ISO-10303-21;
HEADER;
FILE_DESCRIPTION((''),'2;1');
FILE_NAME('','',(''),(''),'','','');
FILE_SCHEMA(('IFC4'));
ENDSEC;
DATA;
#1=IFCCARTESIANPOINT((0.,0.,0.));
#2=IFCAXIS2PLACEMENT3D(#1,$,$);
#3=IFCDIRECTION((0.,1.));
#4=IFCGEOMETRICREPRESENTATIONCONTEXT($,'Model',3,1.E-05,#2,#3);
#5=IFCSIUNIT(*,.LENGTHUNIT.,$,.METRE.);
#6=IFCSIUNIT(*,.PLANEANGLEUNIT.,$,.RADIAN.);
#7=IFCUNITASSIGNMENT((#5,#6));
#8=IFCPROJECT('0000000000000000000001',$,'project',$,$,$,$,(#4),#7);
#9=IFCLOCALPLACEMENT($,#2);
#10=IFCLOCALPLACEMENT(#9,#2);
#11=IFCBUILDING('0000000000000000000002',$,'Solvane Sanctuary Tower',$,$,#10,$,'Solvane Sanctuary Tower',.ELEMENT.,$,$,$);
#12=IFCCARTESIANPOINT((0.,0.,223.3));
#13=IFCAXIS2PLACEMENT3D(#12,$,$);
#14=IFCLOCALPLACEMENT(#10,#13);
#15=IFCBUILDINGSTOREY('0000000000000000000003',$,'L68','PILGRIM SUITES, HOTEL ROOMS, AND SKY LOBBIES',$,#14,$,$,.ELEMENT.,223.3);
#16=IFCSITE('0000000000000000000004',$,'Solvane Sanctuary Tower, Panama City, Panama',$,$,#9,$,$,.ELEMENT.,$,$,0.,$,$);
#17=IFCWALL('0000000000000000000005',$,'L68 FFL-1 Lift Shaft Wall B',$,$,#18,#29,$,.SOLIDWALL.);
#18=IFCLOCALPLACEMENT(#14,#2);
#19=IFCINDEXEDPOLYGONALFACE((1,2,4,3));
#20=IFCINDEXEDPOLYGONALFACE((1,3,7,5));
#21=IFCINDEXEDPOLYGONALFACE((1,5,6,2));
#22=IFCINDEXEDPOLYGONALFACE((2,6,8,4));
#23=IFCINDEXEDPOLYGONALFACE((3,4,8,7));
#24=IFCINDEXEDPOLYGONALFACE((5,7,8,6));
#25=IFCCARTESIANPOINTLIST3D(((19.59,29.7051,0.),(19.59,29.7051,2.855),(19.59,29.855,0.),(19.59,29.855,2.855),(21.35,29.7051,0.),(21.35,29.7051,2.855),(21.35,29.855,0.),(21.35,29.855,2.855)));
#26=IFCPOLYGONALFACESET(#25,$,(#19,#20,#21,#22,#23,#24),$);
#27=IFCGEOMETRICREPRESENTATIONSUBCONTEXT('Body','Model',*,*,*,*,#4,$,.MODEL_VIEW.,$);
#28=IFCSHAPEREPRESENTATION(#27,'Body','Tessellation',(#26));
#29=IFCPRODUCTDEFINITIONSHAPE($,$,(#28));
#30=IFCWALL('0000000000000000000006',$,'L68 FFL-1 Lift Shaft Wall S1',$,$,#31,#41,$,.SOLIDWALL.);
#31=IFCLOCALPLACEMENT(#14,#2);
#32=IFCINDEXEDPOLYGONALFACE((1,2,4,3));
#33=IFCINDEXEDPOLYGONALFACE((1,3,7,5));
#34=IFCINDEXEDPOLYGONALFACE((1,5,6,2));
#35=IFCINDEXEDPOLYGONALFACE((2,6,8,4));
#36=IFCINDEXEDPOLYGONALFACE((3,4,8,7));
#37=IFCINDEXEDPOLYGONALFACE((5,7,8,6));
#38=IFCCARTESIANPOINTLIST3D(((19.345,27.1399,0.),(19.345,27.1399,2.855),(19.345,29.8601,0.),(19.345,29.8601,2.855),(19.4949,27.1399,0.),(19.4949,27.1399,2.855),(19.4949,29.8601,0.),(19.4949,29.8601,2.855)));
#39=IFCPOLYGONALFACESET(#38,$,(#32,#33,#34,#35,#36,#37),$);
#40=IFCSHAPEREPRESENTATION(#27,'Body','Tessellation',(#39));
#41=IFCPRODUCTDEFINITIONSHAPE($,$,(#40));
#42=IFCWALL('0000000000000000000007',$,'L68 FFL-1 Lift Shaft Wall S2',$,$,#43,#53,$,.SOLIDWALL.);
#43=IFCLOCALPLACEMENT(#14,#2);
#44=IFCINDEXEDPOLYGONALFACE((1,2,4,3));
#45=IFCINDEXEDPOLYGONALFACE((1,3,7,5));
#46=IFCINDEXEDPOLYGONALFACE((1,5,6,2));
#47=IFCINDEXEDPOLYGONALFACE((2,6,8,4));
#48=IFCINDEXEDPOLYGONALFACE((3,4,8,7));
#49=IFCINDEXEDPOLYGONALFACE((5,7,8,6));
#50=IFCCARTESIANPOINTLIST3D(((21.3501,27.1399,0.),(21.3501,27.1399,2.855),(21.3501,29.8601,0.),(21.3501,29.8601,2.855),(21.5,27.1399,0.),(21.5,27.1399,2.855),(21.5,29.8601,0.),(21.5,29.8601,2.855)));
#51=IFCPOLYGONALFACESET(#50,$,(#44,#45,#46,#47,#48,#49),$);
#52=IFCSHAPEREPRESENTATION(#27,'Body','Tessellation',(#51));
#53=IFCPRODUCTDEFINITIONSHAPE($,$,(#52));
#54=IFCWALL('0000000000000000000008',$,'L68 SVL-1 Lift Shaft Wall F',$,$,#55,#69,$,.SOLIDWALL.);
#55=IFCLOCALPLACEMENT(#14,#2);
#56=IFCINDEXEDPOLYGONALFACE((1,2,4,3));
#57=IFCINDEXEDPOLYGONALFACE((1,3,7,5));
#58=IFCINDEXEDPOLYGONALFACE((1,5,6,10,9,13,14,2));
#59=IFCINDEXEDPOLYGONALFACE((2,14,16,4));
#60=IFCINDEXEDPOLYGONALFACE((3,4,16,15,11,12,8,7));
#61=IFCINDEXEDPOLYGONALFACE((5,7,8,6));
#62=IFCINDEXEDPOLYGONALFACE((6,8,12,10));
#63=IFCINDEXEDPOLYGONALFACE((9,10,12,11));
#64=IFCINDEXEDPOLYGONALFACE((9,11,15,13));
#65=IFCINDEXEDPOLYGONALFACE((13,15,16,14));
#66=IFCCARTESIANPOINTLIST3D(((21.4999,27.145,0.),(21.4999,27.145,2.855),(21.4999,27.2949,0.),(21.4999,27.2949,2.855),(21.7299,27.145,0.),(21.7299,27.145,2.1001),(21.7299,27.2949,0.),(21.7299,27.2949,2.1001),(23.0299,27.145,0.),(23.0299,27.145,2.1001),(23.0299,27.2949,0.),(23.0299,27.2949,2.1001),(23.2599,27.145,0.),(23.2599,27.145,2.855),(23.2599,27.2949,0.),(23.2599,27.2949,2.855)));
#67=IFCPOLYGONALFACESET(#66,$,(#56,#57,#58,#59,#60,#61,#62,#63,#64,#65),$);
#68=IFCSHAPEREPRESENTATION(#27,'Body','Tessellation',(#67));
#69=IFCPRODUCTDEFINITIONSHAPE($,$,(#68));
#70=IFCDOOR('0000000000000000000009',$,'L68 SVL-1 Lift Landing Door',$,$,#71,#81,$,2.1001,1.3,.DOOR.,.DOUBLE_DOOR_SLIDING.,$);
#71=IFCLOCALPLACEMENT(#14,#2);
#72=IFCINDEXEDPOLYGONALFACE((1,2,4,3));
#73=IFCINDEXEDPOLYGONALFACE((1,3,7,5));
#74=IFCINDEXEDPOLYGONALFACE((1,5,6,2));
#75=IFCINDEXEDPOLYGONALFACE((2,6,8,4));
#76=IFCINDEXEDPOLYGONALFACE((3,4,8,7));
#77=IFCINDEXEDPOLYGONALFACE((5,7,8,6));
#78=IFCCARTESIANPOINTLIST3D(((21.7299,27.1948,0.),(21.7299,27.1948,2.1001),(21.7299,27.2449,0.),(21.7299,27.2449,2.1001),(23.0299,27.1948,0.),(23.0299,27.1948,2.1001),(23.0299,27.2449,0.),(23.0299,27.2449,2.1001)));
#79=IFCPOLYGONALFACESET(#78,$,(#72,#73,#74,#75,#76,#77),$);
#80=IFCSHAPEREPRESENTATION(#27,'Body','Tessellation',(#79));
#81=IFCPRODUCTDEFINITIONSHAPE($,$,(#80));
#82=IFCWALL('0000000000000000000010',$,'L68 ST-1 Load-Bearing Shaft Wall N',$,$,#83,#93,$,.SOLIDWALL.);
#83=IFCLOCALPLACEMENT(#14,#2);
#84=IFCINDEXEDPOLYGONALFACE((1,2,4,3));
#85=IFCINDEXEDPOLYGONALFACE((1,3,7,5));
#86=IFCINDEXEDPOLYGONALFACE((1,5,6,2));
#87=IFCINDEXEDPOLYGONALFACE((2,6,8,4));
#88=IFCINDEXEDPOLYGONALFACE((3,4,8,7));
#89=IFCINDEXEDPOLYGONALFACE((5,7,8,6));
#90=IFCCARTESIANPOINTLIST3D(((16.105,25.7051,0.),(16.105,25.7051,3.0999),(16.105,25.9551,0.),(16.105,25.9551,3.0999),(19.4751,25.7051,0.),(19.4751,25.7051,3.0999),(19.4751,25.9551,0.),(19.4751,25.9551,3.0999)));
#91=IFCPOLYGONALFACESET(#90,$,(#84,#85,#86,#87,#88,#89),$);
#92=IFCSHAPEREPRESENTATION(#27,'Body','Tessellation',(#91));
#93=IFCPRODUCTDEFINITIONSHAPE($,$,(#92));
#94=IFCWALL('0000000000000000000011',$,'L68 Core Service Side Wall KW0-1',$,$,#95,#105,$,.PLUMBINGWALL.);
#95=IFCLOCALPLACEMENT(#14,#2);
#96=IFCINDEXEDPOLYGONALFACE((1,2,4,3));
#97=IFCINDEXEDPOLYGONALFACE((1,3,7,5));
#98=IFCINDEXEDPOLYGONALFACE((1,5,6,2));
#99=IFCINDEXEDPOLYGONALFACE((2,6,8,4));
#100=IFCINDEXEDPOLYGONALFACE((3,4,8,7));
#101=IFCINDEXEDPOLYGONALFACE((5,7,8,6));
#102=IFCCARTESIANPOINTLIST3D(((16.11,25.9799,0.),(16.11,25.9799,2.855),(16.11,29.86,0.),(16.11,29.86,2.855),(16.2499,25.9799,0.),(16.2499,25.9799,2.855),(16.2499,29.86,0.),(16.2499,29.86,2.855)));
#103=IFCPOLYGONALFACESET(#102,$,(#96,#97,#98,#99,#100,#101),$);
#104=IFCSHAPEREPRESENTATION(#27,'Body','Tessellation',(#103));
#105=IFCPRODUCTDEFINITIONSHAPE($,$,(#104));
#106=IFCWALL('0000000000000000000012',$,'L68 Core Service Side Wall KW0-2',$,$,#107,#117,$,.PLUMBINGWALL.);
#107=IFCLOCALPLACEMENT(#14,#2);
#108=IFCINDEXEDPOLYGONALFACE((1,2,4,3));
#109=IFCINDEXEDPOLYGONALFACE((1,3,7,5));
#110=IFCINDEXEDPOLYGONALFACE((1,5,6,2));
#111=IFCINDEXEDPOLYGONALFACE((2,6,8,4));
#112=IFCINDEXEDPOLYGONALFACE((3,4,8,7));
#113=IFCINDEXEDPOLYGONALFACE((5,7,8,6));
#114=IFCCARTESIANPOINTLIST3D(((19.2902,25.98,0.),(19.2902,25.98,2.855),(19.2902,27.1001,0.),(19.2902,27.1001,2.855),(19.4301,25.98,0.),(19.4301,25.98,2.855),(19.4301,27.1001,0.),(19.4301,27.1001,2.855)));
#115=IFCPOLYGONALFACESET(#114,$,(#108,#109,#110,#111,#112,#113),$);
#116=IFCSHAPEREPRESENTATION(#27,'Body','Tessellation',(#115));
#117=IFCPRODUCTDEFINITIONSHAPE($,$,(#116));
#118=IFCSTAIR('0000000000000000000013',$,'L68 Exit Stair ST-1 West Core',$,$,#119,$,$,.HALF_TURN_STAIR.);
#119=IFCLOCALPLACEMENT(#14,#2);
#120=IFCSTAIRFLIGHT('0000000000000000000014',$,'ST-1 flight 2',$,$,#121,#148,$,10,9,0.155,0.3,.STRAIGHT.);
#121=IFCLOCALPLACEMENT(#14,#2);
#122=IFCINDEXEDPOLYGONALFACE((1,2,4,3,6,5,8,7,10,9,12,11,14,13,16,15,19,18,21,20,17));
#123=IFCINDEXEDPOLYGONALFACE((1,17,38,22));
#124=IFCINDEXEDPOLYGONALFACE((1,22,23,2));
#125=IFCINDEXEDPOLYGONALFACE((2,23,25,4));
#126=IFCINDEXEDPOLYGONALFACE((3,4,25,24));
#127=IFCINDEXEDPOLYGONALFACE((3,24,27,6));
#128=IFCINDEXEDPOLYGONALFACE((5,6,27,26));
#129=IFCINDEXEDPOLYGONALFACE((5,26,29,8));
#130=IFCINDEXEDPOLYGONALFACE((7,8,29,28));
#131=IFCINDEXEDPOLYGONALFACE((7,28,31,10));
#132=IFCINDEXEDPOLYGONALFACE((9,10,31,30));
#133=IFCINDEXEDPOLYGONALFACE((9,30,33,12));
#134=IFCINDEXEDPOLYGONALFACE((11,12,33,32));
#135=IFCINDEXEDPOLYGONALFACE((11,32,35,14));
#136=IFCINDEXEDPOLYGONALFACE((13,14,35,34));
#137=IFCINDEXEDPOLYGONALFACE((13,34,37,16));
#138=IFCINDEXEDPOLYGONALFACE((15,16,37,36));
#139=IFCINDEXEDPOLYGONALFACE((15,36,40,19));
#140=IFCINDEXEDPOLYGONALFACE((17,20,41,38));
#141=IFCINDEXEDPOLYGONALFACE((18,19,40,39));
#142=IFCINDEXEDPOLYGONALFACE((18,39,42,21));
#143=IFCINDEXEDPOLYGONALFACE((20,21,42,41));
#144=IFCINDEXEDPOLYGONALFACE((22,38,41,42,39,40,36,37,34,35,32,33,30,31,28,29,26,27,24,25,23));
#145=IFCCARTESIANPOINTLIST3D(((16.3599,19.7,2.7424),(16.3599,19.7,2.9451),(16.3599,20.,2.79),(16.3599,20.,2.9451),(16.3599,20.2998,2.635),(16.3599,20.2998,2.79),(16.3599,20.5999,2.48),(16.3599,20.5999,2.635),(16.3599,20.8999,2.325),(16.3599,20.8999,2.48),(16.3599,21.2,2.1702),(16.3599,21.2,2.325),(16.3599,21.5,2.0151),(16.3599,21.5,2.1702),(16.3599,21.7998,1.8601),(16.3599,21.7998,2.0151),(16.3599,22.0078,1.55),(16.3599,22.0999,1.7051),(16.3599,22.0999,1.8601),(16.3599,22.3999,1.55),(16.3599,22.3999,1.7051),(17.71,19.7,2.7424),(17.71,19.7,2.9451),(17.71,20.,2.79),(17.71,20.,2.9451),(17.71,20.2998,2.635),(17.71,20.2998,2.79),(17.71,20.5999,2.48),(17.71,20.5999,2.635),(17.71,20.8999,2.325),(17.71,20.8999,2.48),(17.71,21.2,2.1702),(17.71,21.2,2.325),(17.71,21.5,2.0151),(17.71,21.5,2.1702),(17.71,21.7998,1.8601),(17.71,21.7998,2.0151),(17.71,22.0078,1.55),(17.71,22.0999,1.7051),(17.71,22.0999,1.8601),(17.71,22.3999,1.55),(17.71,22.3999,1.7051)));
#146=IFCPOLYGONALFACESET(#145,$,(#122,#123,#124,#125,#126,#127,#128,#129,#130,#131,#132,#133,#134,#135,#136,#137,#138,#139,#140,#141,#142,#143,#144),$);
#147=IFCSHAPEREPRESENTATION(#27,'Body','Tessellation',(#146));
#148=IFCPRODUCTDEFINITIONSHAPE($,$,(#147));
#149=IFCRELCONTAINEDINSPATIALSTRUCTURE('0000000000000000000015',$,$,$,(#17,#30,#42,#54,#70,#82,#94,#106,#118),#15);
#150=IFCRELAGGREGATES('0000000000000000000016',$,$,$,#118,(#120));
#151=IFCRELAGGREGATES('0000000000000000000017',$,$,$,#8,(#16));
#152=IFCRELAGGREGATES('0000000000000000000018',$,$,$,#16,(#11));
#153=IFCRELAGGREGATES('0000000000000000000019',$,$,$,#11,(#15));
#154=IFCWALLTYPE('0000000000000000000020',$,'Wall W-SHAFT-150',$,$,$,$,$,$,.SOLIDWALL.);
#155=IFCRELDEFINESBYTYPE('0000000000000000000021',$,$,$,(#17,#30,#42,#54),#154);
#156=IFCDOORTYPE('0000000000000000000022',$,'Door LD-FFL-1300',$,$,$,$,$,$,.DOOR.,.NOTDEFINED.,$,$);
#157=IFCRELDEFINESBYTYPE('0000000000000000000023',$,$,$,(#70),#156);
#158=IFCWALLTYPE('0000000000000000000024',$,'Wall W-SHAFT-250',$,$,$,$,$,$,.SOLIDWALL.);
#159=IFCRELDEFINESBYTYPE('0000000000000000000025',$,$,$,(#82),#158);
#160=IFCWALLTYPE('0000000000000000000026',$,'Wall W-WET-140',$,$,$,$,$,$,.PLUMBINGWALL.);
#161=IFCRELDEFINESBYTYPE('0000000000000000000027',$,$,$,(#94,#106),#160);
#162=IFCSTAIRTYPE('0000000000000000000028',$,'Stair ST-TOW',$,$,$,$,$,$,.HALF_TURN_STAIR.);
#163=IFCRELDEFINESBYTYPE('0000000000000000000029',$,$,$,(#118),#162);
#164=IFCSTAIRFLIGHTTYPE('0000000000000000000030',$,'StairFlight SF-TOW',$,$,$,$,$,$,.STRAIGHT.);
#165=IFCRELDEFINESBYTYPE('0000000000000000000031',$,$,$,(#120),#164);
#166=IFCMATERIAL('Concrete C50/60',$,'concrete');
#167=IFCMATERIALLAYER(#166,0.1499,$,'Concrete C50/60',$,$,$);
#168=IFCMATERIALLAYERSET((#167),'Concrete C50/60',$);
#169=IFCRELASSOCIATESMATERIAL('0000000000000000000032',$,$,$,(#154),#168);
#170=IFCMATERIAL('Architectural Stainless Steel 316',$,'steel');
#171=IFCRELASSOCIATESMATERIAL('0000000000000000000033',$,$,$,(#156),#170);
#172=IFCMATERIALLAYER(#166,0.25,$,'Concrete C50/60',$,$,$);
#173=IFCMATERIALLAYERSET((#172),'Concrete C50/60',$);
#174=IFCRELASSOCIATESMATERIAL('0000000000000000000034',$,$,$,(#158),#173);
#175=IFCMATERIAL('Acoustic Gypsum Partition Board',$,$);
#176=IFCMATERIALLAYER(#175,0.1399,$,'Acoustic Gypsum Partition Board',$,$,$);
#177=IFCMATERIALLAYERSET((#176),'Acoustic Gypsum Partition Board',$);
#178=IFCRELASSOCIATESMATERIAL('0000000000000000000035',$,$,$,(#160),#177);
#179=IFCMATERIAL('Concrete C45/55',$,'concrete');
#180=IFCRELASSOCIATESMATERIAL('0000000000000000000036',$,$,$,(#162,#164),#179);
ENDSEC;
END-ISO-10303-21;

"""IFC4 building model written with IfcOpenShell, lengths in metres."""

from ifc_helpers import new_model, si_unit, direction, frame, frame_2d, origin, place, context, subcontext, project, spatial, polyline, rectangle, outline, extrude, material, layer, layer_set, type_object, element, fill, aggregate, save


model = new_model("IFC4")

# Units and contexts
model_context = context("Model", 3, precision=1e-05, world=origin(), true_north=direction((0.0, 1.0)))
body_context = subcontext(model_context, "Body", "Model", "MODEL_VIEW")
ifc_project = project(units=[si_unit("LENGTHUNIT", "METRE"), si_unit("PLANEANGLEUNIT", "RADIAN")], contexts=[model_context])

# Site, building, storey
site_placement = place(None, origin())
site = spatial("IfcSite", under=ifc_project, at=site_placement, Name="Solvane Sanctuary Tower, Panama City, Panama", CompositionType="ELEMENT", RefElevation=0.0)
building_placement = place(site_placement, origin())
building = spatial("IfcBuilding", under=site, at=building_placement, Name="Solvane Sanctuary Tower", LongName="Solvane Sanctuary Tower", CompositionType="ELEMENT")
storey_placement = place(building_placement, frame((0.0, 0.0, 223.3)))
storey = spatial("IfcBuildingStorey", under=building, at=storey_placement, Name="L68", Description="PILGRIM SUITES, HOTEL ROOMS, AND SKY LOBBIES", CompositionType="ELEMENT", Elevation=223.3)

# Shared definitions
ifc_material_1 = material(Name="Acoustic Gypsum Partition Board")

# Shared definitions
ifc_material_2 = material(Name="Concrete C50/60", Category="concrete")
ifc_layer_1 = layer(ifc_material_2, 0.1499, Name="Concrete C50/60")
ifc_layer_set_1 = layer_set([ifc_layer_1], Name="Concrete C50/60")
wall_type_1 = type_object("IfcWallType", Name="Wall W-SHAFT-150", PredefinedType="SOLIDWALL", material=ifc_layer_set_1)
ifc_material_3 = material(Name="Architectural Stainless Steel 316", Category="steel")
door_type_1 = type_object("IfcDoorType", Name="Door LD-FFL-1300", OperationType="NOTDEFINED", PredefinedType="DOOR", material=ifc_material_3)

# Walls
wall_1_placement = place(storey_placement, frame((19.5901, 29.78, 0.0), z_axis=(0.0, 0.0, 1.0), x_axis=(1.0, 0.0, 0.0)))
element("IfcWall", 1, at=wall_1_placement, inside=storey, type_object=wall_type_1, Name="L68 FFL-1 Lift Shaft Wall B", PredefinedType="SOLIDWALL", context=body_context, shape_type="SweptSolid", body=[
    extrude(rectangle(XDim=1.76, YDim=0.1499, at=frame_2d((0.8799, 0.0))), origin(), (0.0, 0.0, 1.0), 2.855),
])
for number, where, z_axis, x_axis, name in (
    (2, (19.4199, 27.1399, 0.0), (0.0, 0.0, 1.0), (0.0, 1.0, 0.0), "L68 FFL-1 Lift Shaft Wall S1"),
    (3, (21.425, 27.1399, 0.0), (0.0, 0.0, 1.0), (0.0, 1.0, 0.0), "L68 FFL-1 Lift Shaft Wall S2"),
):
    element("IfcWall", number, at=place(storey_placement, frame(where, z_axis=z_axis, x_axis=x_axis)), inside=storey, type_object=wall_type_1, Name=name, PredefinedType="SOLIDWALL", context=body_context, shape_type="SweptSolid", body=[
        extrude(rectangle(XDim=2.7202, YDim=0.1499, at=frame_2d((1.3601, 0.0))), origin(), (0.0, 0.0, 1.0), 2.855),
    ])

# Wall, opening, door
wall_2_placement = place(storey_placement, frame((21.5, 27.22, 0.0), z_axis=(0.0, 0.0, 1.0), x_axis=(1.0, 0.0, 0.0)))
wall_2 = element("IfcWall", 4, at=wall_2_placement, inside=storey, type_object=wall_type_1, Name="L68 SVL-1 Lift Shaft Wall F", PredefinedType="SOLIDWALL", context=body_context, shape_type="SweptSolid", body=[
    extrude(rectangle(XDim=1.76, YDim=0.1499, at=frame_2d((0.8799, 0.0))), origin(), (0.0, 0.0, 1.0), 2.855),
])
opening_1_placement = place(wall_2_placement, frame((0.23, 0.0, 0.0)))
opening_1 = element("IfcOpeningElement", 5, at=opening_1_placement, cuts=wall_2, PredefinedType="OPENING", context=body_context, shape_type="SweptSolid", body=[
    extrude(rectangle(XDim=1.3, YDim=2.1001, at=frame_2d((0.6499, 1.05))), frame((0.0, 0.085, 0.0), z_axis=(0.0, -1.0, 0.0), x_axis=(1.0, 0.0, 0.0)), (0.0, 0.0, 1.0), 0.1699),
])
door_1_placement = place(opening_1_placement, origin())
door_1 = element("IfcDoor", 6, at=door_1_placement, inside=storey, type_object=door_type_1, Name="L68 SVL-1 Lift Landing Door", OperationType="DOUBLE_DOOR_SLIDING", OverallHeight=2.1001, OverallWidth=1.3, PredefinedType="DOOR", context=body_context, shape_type="SweptSolid", body=[
    extrude(rectangle(XDim=1.3, YDim=2.1001, at=frame_2d((0.6499, 1.05))), frame((0.0, 0.0249, 0.0), z_axis=(0.0, -1.0, 0.0), x_axis=(1.0, 0.0, 0.0)), (0.0, 0.0, 1.0), 0.05),
])
fill(opening_1, door_1)

# Walls
ifc_layer_2 = layer(ifc_material_2, 0.25, Name="Concrete C50/60")
ifc_layer_set_2 = layer_set([ifc_layer_2], Name="Concrete C50/60")
wall_type_2 = type_object("IfcWallType", Name="Wall W-SHAFT-250", PredefinedType="SOLIDWALL", material=ifc_layer_set_2)
wall_3_placement = place(storey_placement, frame((16.105, 25.8301, 0.0), z_axis=(0.0, 0.0, 1.0), x_axis=(1.0, 0.0, 0.0)))
element("IfcWall", 7, at=wall_3_placement, inside=storey, type_object=wall_type_2, Name="L68 ST-1 Load-Bearing Shaft Wall N", PredefinedType="SOLIDWALL", context=body_context, shape_type="SweptSolid", body=[
    extrude(rectangle(XDim=3.3701, YDim=0.25, at=frame_2d((1.6851, 0.0))), origin(), (0.0, 0.0, 1.0), 3.0999),
])
ifc_layer_3 = layer(ifc_material_1, 0.1399, Name="Acoustic Gypsum Partition Board")
ifc_layer_set_3 = layer_set([ifc_layer_3], Name="Acoustic Gypsum Partition Board")
wall_type_3 = type_object("IfcWallType", Name="Wall W-WET-140", PredefinedType="PLUMBINGWALL", material=ifc_layer_set_3)
wall_4_placement = place(storey_placement, frame((16.1799, 25.98, 0.0), z_axis=(0.0, 0.0, 1.0), x_axis=(0.0, 1.0, 0.0)))
element("IfcWall", 8, at=wall_4_placement, inside=storey, type_object=wall_type_3, Name="L68 Core Service Side Wall KW0-1", PredefinedType="PLUMBINGWALL", context=body_context, shape_type="SweptSolid", body=[
    extrude(rectangle(XDim=3.8801, YDim=0.1399, at=frame_2d((1.9399, 0.0))), origin(), (0.0, 0.0, 1.0), 2.855),
])
wall_5_placement = place(storey_placement, frame((19.3601, 25.98, 0.0), z_axis=(0.0, 0.0, 1.0), x_axis=(0.0, 1.0, 0.0)))
element("IfcWall", 9, at=wall_5_placement, inside=storey, type_object=wall_type_3, Name="L68 Core Service Side Wall KW0-2", PredefinedType="PLUMBINGWALL", context=body_context, shape_type="SweptSolid", body=[
    extrude(rectangle(XDim=1.1201, YDim=0.1399, at=frame_2d((0.5601, 0.0))), origin(), (0.0, 0.0, 1.0), 2.855),
])

# Stair, stair flight
ifc_material_4 = material(Name="Concrete C45/55", Category="concrete")
stair_type = type_object("IfcStairType", Name="Stair ST-TOW", PredefinedType="HALF_TURN_STAIR", material=ifc_material_4)
stair_placement = place(storey_placement, origin())
stair = element("IfcStair", 10, at=stair_placement, inside=storey, type_object=stair_type, Name="L68 Exit Stair ST-1 West Core", PredefinedType="HALF_TURN_STAIR")
stair_flight_type = type_object("IfcStairFlightType", Name="StairFlight SF-TOW", PredefinedType="STRAIGHT", material=ifc_material_4)
stair_flight_placement = place(storey_placement, frame((17.0349, 22.3999, 1.55), z_axis=(0.0, 0.0, 1.0), x_axis=(0.0, -1.0, 0.0)))
stair_flight = element("IfcStairFlight", 11, at=stair_flight_placement, type_object=stair_flight_type, Name="ST-1 flight 2", NumberOfRisers=10, NumberOfTreads=9, PredefinedType="STRAIGHT", RiserHeight=0.155, TreadLength=0.3, context=body_context, shape_type="SweptSolid", body=[
    extrude(outline(polyline([(0.0, 0.0), (0.0, 0.155), (0.3, 0.155), (0.3, 0.3101), (0.6001, 0.3101), (0.6001, 0.4651), (0.8999, 0.4651), (0.8999, 0.6201), (1.2, 0.6201), (1.2, 0.7749), (1.5, 0.7749), (1.5, 0.9299), (1.8, 0.9299), (1.8, 1.085), (2.1001, 1.085), (2.1001, 1.24), (2.3999, 1.24), (2.3999, 1.395), (2.7, 1.395), (2.7, 1.55), (2.7, 1.1924), (0.3921, 0.0), (0.0, 0.0)])), frame((0.0, 0.675, 0.0), z_axis=(0.0, -1.0, 0.0), x_axis=(1.0, 0.0, 0.0)), (0.0, 0.0, 1.0), 1.3501),
])
aggregate(stair, [stair_flight])

save(model, "model.ifc")
